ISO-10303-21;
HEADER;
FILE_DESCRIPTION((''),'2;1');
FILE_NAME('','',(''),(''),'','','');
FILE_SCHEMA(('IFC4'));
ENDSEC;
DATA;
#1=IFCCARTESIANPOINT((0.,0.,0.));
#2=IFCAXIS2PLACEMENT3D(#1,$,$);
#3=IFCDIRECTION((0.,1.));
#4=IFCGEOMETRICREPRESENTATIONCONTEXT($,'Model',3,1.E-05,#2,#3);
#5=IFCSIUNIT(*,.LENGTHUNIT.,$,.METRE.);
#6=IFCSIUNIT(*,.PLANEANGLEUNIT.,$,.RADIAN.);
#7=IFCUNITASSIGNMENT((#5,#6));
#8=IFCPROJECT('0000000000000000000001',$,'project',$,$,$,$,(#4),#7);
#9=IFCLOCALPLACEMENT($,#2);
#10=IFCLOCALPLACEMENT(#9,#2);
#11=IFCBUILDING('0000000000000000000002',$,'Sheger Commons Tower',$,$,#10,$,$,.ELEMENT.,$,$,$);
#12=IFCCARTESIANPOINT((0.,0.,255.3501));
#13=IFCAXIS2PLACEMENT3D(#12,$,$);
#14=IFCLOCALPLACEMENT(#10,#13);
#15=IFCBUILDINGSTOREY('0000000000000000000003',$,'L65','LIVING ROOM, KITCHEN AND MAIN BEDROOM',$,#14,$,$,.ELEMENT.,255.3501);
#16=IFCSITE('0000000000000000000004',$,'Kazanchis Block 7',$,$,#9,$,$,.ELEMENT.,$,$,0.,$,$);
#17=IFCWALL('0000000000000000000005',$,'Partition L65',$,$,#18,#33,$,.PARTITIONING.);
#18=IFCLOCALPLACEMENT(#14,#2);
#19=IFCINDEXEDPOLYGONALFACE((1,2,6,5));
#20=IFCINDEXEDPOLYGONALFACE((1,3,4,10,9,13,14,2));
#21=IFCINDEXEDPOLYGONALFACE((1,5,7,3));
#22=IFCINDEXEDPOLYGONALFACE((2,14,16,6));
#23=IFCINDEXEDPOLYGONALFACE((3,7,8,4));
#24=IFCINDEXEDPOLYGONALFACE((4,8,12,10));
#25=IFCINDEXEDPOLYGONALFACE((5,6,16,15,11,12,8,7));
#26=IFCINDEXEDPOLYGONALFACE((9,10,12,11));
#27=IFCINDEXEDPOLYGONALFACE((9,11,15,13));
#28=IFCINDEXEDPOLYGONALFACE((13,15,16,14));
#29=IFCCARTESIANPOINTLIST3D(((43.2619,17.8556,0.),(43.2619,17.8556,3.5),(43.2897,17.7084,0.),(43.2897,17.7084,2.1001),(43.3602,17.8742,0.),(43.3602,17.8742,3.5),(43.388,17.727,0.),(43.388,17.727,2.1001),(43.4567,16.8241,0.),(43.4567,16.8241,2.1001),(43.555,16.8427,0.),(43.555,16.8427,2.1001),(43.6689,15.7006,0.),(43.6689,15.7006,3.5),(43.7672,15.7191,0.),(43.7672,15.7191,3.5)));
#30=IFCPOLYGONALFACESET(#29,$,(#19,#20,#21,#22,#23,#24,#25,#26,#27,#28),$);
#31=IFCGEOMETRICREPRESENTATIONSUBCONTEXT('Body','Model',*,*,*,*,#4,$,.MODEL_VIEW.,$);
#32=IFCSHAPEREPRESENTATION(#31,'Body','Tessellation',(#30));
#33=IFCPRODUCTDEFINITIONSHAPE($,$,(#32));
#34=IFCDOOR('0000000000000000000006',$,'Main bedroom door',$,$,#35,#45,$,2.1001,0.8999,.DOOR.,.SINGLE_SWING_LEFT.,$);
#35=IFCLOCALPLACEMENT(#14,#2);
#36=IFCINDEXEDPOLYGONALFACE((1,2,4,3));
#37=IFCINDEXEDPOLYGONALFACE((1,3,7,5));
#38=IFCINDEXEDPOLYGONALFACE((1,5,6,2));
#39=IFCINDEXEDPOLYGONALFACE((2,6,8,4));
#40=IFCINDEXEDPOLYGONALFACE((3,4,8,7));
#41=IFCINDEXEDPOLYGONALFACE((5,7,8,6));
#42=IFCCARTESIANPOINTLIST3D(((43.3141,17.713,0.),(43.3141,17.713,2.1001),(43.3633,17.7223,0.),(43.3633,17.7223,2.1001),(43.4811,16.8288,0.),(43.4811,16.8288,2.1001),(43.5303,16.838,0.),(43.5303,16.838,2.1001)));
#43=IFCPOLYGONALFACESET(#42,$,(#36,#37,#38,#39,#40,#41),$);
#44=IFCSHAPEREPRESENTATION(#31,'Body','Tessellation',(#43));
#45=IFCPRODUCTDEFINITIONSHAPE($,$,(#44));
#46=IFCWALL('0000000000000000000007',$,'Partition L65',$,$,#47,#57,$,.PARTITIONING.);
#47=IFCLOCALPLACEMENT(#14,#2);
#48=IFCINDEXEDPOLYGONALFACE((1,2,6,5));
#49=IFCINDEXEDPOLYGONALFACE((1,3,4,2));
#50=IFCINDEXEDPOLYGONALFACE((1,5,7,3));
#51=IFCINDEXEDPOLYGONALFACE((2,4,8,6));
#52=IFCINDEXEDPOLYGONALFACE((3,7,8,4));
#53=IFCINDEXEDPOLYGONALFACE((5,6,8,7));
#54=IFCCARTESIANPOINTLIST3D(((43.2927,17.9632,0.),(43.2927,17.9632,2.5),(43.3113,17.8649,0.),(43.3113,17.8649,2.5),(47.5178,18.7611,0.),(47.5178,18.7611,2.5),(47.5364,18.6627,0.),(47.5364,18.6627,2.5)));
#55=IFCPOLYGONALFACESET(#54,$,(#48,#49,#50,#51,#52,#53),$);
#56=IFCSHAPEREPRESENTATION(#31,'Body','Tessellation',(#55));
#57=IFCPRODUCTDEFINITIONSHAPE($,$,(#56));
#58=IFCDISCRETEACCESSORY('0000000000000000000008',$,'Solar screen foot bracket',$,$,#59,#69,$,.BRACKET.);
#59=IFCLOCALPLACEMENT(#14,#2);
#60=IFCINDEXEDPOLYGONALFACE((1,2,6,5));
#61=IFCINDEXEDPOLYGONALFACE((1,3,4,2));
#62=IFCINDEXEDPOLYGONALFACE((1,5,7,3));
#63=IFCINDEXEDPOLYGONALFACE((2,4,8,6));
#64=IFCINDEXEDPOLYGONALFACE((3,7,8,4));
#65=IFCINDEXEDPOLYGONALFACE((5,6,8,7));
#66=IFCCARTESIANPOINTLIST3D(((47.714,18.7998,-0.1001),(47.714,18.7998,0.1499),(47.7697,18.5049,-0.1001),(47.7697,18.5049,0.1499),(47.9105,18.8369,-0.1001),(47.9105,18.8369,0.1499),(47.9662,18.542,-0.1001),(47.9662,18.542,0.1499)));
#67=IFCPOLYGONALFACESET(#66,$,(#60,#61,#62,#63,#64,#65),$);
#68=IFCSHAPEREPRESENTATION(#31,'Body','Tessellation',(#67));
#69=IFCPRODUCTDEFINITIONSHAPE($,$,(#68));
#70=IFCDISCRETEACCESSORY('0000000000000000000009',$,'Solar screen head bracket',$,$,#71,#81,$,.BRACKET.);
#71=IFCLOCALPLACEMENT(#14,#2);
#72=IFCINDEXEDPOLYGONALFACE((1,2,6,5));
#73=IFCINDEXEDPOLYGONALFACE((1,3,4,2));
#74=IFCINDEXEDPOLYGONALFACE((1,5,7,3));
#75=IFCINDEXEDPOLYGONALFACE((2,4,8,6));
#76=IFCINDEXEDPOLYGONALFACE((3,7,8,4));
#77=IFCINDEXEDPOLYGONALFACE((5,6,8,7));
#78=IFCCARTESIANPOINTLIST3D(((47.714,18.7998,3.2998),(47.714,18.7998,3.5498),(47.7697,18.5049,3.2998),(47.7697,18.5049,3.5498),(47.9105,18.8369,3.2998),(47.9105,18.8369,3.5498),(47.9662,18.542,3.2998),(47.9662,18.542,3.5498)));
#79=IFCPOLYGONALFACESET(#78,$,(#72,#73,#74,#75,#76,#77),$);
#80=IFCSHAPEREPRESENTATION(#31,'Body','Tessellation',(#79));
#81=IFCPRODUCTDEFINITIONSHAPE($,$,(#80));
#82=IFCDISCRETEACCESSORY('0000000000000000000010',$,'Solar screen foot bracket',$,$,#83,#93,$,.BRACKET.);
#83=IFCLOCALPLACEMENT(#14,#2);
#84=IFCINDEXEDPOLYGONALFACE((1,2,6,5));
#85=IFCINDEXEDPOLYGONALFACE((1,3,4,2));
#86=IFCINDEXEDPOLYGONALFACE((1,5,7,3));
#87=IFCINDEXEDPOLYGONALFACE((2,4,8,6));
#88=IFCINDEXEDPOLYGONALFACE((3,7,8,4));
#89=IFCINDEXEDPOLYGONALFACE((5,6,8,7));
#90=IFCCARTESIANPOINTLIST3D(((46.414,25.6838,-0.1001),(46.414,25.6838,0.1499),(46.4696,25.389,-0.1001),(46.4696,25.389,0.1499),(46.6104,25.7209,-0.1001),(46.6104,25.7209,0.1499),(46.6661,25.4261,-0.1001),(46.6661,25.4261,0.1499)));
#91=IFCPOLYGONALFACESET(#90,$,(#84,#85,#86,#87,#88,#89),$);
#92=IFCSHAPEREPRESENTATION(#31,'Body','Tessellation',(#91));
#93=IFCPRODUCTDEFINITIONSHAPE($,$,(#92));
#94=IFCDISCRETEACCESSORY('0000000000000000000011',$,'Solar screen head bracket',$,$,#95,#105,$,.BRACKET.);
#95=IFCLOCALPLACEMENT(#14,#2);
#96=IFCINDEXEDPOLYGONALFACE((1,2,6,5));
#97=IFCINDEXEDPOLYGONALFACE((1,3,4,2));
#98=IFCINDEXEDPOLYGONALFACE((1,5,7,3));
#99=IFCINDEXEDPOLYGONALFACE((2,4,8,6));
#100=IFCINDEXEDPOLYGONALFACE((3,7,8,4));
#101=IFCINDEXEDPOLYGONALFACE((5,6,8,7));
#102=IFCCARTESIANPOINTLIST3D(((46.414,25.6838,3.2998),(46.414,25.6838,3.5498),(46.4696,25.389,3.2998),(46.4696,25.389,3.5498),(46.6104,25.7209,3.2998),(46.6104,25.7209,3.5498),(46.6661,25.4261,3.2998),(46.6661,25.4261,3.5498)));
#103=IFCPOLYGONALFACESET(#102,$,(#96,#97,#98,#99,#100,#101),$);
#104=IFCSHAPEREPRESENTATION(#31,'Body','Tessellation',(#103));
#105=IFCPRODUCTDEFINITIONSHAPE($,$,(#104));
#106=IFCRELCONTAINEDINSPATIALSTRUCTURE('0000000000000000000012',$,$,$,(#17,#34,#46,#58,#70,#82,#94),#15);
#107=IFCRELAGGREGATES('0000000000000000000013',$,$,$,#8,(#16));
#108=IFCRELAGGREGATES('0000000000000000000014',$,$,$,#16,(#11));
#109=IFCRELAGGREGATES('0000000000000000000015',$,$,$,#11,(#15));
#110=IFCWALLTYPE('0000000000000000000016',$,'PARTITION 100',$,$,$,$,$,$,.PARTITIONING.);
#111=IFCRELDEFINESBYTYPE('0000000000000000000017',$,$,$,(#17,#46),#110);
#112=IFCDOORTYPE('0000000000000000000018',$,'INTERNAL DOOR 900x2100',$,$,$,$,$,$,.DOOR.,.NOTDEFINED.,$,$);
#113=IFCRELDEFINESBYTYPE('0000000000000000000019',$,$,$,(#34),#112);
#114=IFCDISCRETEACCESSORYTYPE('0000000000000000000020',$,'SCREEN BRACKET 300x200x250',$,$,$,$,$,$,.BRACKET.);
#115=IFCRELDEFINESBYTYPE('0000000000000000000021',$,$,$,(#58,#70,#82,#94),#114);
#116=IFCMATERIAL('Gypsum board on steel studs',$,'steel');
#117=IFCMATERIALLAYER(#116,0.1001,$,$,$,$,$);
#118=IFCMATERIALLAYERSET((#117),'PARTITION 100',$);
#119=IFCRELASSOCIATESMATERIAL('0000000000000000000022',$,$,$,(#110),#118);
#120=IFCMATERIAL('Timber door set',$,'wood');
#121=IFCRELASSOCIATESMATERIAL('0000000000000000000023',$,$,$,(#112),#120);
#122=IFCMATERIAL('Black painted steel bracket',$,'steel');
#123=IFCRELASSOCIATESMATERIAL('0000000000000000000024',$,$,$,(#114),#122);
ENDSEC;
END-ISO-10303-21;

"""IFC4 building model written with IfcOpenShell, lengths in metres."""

from ifc_helpers import new_model, si_unit, direction, frame, frame_2d, origin, origin_2d, place, context, subcontext, project, spatial, rectangle, extrude, material, layer, layer_set, type_object, element, fill, save


model = new_model("IFC4")

# Units and contexts
model_context = context("Model", 3, precision=1e-05, world=origin(), true_north=direction((0.0, 1.0)))
body_context = subcontext(model_context, "Body", "Model", "MODEL_VIEW")
ifc_project = project(units=[si_unit("LENGTHUNIT", "METRE"), si_unit("PLANEANGLEUNIT", "RADIAN")], contexts=[model_context])

# Site, building, storey
site_placement = place(None, origin())
site = spatial("IfcSite", under=ifc_project, at=site_placement, Name="Kazanchis Block 7", CompositionType="ELEMENT", RefElevation=0.0)
building_placement = place(site_placement, origin())
building = spatial("IfcBuilding", under=site, at=building_placement, Name="Sheger Commons Tower", CompositionType="ELEMENT")
storey_placement = place(building_placement, frame((0.0, 0.0, 255.3501)))
storey = spatial("IfcBuildingStorey", under=building, at=storey_placement, Name="L65", Description="LIVING ROOM, KITCHEN AND MAIN BEDROOM", CompositionType="ELEMENT", Elevation=255.3501)

# Shared definitions
ifc_material_1 = material(Name="Gypsum board on steel studs", Category="steel")
ifc_layer_1 = layer(ifc_material_1, 0.1001)
ifc_layer_set_1 = layer_set([ifc_layer_1], Name="PARTITION 100")
wall_type_1 = type_object("IfcWallType", Name="PARTITION 100", PredefinedType="PARTITIONING", material=ifc_layer_set_1)

# Wall, opening, door
wall_1_placement = place(storey_placement, frame((43.311, 17.865, 0.0), z_axis=(0.0, 0.0, 1.0), x_axis=(0.185572, -0.982631, 0.0)))
wall_1 = element("IfcWall", 1, at=wall_1_placement, inside=storey, type_object=wall_type_1, Name="Partition L65", PredefinedType="PARTITIONING", context=body_context, shape_type="SweptSolid", body=[
    extrude(rectangle(XDim=2.1931, YDim=0.1001, at=frame_2d((1.0967, 0.0))), origin(), (0.0, 0.0, 1.0), 3.5),
])
opening_placement = place(wall_1_placement, frame((0.1499, 0.0, 0.0)))
opening = element("IfcOpeningElement", 2, at=opening_placement, cuts=wall_1, PredefinedType="OPENING", context=body_context, shape_type="SweptSolid", body=[
    extrude(rectangle(XDim=0.8999, YDim=2.1001, at=frame_2d((0.45, 1.05))), frame((0.0, 0.0601, 0.0), z_axis=(0.0, -1.0, 0.0), x_axis=(1.0, 0.0, 0.0)), (0.0, 0.0, 1.0), 0.1201),
])
ifc_material_2 = material(Name="Timber door set", Category="wood")
door_type = type_object("IfcDoorType", Name="INTERNAL DOOR 900x2100", OperationType="NOTDEFINED", PredefinedType="DOOR", material=ifc_material_2)
door_placement = place(opening_placement, origin())
door = element("IfcDoor", 3, at=door_placement, inside=storey, type_object=door_type, Name="Main bedroom door", OperationType="SINGLE_SWING_LEFT", OverallHeight=2.1001, OverallWidth=0.8999, PredefinedType="DOOR", context=body_context, shape_type="SweptSolid", body=[
    extrude(rectangle(XDim=0.8999, YDim=2.1001, at=frame_2d((0.45, 1.05))), frame((0.0, 0.0249, 0.0), z_axis=(0.0, -1.0, 0.0), x_axis=(1.0, 0.0, 0.0)), (0.0, 0.0, 1.0), 0.05),
])
fill(opening, door)

# Wall
wall_2_placement = place(storey_placement, frame((47.5271, 18.7119, 0.0), z_axis=(0.0, 0.0, 1.0), x_axis=(-0.982634, -0.185557, 0.0)))
element("IfcWall", 4, at=wall_2_placement, inside=storey, type_object=wall_type_1, Name="Partition L65", PredefinedType="PARTITIONING", context=body_context, shape_type="SweptSolid", body=[
    extrude(rectangle(XDim=4.2998, YDim=0.1001, at=frame_2d((2.1499, 0.0))), origin(), (0.0, 0.0, 1.0), 2.5),
])

# Discrete accessories
ifc_material_3 = material(Name="Black painted steel bracket", Category="steel")
discrete_accessory_type = type_object("IfcDiscreteAccessoryType", Name="SCREEN BRACKET 300x200x250", PredefinedType="BRACKET", material=ifc_material_3)
for number, where, z_axis, x_axis, name in (
    (5, (47.8401, 18.6709, -0.1001), (0.0, 0.0, 1.0), (-0.185615, 0.982623, 0.0), "Solar screen foot bracket"),
    (6, (47.8401, 18.6709, 3.2998), (0.0, 0.0, 1.0), (-0.185615, 0.982623, 0.0), "Solar screen head bracket"),
    (7, (46.54, 25.5549, -0.1001), (0.0, 0.0, 1.0), (-0.185615, 0.982623, 0.0), "Solar screen foot bracket"),
    (8, (46.54, 25.5549, 3.2998), (0.0, 0.0, 1.0), (-0.185615, 0.982623, 0.0), "Solar screen head bracket"),
):
    element("IfcDiscreteAccessory", number, at=place(storey_placement, frame(where, z_axis=z_axis, x_axis=x_axis)), inside=storey, type_object=discrete_accessory_type, Name=name, PredefinedType="BRACKET", context=body_context, shape_type="SweptSolid", body=[
        extrude(rectangle(XDim=0.3, YDim=0.2, at=origin_2d()), origin(), (0.0, 0.0, 1.0), 0.25),
    ])

save(model, "model.ifc")
